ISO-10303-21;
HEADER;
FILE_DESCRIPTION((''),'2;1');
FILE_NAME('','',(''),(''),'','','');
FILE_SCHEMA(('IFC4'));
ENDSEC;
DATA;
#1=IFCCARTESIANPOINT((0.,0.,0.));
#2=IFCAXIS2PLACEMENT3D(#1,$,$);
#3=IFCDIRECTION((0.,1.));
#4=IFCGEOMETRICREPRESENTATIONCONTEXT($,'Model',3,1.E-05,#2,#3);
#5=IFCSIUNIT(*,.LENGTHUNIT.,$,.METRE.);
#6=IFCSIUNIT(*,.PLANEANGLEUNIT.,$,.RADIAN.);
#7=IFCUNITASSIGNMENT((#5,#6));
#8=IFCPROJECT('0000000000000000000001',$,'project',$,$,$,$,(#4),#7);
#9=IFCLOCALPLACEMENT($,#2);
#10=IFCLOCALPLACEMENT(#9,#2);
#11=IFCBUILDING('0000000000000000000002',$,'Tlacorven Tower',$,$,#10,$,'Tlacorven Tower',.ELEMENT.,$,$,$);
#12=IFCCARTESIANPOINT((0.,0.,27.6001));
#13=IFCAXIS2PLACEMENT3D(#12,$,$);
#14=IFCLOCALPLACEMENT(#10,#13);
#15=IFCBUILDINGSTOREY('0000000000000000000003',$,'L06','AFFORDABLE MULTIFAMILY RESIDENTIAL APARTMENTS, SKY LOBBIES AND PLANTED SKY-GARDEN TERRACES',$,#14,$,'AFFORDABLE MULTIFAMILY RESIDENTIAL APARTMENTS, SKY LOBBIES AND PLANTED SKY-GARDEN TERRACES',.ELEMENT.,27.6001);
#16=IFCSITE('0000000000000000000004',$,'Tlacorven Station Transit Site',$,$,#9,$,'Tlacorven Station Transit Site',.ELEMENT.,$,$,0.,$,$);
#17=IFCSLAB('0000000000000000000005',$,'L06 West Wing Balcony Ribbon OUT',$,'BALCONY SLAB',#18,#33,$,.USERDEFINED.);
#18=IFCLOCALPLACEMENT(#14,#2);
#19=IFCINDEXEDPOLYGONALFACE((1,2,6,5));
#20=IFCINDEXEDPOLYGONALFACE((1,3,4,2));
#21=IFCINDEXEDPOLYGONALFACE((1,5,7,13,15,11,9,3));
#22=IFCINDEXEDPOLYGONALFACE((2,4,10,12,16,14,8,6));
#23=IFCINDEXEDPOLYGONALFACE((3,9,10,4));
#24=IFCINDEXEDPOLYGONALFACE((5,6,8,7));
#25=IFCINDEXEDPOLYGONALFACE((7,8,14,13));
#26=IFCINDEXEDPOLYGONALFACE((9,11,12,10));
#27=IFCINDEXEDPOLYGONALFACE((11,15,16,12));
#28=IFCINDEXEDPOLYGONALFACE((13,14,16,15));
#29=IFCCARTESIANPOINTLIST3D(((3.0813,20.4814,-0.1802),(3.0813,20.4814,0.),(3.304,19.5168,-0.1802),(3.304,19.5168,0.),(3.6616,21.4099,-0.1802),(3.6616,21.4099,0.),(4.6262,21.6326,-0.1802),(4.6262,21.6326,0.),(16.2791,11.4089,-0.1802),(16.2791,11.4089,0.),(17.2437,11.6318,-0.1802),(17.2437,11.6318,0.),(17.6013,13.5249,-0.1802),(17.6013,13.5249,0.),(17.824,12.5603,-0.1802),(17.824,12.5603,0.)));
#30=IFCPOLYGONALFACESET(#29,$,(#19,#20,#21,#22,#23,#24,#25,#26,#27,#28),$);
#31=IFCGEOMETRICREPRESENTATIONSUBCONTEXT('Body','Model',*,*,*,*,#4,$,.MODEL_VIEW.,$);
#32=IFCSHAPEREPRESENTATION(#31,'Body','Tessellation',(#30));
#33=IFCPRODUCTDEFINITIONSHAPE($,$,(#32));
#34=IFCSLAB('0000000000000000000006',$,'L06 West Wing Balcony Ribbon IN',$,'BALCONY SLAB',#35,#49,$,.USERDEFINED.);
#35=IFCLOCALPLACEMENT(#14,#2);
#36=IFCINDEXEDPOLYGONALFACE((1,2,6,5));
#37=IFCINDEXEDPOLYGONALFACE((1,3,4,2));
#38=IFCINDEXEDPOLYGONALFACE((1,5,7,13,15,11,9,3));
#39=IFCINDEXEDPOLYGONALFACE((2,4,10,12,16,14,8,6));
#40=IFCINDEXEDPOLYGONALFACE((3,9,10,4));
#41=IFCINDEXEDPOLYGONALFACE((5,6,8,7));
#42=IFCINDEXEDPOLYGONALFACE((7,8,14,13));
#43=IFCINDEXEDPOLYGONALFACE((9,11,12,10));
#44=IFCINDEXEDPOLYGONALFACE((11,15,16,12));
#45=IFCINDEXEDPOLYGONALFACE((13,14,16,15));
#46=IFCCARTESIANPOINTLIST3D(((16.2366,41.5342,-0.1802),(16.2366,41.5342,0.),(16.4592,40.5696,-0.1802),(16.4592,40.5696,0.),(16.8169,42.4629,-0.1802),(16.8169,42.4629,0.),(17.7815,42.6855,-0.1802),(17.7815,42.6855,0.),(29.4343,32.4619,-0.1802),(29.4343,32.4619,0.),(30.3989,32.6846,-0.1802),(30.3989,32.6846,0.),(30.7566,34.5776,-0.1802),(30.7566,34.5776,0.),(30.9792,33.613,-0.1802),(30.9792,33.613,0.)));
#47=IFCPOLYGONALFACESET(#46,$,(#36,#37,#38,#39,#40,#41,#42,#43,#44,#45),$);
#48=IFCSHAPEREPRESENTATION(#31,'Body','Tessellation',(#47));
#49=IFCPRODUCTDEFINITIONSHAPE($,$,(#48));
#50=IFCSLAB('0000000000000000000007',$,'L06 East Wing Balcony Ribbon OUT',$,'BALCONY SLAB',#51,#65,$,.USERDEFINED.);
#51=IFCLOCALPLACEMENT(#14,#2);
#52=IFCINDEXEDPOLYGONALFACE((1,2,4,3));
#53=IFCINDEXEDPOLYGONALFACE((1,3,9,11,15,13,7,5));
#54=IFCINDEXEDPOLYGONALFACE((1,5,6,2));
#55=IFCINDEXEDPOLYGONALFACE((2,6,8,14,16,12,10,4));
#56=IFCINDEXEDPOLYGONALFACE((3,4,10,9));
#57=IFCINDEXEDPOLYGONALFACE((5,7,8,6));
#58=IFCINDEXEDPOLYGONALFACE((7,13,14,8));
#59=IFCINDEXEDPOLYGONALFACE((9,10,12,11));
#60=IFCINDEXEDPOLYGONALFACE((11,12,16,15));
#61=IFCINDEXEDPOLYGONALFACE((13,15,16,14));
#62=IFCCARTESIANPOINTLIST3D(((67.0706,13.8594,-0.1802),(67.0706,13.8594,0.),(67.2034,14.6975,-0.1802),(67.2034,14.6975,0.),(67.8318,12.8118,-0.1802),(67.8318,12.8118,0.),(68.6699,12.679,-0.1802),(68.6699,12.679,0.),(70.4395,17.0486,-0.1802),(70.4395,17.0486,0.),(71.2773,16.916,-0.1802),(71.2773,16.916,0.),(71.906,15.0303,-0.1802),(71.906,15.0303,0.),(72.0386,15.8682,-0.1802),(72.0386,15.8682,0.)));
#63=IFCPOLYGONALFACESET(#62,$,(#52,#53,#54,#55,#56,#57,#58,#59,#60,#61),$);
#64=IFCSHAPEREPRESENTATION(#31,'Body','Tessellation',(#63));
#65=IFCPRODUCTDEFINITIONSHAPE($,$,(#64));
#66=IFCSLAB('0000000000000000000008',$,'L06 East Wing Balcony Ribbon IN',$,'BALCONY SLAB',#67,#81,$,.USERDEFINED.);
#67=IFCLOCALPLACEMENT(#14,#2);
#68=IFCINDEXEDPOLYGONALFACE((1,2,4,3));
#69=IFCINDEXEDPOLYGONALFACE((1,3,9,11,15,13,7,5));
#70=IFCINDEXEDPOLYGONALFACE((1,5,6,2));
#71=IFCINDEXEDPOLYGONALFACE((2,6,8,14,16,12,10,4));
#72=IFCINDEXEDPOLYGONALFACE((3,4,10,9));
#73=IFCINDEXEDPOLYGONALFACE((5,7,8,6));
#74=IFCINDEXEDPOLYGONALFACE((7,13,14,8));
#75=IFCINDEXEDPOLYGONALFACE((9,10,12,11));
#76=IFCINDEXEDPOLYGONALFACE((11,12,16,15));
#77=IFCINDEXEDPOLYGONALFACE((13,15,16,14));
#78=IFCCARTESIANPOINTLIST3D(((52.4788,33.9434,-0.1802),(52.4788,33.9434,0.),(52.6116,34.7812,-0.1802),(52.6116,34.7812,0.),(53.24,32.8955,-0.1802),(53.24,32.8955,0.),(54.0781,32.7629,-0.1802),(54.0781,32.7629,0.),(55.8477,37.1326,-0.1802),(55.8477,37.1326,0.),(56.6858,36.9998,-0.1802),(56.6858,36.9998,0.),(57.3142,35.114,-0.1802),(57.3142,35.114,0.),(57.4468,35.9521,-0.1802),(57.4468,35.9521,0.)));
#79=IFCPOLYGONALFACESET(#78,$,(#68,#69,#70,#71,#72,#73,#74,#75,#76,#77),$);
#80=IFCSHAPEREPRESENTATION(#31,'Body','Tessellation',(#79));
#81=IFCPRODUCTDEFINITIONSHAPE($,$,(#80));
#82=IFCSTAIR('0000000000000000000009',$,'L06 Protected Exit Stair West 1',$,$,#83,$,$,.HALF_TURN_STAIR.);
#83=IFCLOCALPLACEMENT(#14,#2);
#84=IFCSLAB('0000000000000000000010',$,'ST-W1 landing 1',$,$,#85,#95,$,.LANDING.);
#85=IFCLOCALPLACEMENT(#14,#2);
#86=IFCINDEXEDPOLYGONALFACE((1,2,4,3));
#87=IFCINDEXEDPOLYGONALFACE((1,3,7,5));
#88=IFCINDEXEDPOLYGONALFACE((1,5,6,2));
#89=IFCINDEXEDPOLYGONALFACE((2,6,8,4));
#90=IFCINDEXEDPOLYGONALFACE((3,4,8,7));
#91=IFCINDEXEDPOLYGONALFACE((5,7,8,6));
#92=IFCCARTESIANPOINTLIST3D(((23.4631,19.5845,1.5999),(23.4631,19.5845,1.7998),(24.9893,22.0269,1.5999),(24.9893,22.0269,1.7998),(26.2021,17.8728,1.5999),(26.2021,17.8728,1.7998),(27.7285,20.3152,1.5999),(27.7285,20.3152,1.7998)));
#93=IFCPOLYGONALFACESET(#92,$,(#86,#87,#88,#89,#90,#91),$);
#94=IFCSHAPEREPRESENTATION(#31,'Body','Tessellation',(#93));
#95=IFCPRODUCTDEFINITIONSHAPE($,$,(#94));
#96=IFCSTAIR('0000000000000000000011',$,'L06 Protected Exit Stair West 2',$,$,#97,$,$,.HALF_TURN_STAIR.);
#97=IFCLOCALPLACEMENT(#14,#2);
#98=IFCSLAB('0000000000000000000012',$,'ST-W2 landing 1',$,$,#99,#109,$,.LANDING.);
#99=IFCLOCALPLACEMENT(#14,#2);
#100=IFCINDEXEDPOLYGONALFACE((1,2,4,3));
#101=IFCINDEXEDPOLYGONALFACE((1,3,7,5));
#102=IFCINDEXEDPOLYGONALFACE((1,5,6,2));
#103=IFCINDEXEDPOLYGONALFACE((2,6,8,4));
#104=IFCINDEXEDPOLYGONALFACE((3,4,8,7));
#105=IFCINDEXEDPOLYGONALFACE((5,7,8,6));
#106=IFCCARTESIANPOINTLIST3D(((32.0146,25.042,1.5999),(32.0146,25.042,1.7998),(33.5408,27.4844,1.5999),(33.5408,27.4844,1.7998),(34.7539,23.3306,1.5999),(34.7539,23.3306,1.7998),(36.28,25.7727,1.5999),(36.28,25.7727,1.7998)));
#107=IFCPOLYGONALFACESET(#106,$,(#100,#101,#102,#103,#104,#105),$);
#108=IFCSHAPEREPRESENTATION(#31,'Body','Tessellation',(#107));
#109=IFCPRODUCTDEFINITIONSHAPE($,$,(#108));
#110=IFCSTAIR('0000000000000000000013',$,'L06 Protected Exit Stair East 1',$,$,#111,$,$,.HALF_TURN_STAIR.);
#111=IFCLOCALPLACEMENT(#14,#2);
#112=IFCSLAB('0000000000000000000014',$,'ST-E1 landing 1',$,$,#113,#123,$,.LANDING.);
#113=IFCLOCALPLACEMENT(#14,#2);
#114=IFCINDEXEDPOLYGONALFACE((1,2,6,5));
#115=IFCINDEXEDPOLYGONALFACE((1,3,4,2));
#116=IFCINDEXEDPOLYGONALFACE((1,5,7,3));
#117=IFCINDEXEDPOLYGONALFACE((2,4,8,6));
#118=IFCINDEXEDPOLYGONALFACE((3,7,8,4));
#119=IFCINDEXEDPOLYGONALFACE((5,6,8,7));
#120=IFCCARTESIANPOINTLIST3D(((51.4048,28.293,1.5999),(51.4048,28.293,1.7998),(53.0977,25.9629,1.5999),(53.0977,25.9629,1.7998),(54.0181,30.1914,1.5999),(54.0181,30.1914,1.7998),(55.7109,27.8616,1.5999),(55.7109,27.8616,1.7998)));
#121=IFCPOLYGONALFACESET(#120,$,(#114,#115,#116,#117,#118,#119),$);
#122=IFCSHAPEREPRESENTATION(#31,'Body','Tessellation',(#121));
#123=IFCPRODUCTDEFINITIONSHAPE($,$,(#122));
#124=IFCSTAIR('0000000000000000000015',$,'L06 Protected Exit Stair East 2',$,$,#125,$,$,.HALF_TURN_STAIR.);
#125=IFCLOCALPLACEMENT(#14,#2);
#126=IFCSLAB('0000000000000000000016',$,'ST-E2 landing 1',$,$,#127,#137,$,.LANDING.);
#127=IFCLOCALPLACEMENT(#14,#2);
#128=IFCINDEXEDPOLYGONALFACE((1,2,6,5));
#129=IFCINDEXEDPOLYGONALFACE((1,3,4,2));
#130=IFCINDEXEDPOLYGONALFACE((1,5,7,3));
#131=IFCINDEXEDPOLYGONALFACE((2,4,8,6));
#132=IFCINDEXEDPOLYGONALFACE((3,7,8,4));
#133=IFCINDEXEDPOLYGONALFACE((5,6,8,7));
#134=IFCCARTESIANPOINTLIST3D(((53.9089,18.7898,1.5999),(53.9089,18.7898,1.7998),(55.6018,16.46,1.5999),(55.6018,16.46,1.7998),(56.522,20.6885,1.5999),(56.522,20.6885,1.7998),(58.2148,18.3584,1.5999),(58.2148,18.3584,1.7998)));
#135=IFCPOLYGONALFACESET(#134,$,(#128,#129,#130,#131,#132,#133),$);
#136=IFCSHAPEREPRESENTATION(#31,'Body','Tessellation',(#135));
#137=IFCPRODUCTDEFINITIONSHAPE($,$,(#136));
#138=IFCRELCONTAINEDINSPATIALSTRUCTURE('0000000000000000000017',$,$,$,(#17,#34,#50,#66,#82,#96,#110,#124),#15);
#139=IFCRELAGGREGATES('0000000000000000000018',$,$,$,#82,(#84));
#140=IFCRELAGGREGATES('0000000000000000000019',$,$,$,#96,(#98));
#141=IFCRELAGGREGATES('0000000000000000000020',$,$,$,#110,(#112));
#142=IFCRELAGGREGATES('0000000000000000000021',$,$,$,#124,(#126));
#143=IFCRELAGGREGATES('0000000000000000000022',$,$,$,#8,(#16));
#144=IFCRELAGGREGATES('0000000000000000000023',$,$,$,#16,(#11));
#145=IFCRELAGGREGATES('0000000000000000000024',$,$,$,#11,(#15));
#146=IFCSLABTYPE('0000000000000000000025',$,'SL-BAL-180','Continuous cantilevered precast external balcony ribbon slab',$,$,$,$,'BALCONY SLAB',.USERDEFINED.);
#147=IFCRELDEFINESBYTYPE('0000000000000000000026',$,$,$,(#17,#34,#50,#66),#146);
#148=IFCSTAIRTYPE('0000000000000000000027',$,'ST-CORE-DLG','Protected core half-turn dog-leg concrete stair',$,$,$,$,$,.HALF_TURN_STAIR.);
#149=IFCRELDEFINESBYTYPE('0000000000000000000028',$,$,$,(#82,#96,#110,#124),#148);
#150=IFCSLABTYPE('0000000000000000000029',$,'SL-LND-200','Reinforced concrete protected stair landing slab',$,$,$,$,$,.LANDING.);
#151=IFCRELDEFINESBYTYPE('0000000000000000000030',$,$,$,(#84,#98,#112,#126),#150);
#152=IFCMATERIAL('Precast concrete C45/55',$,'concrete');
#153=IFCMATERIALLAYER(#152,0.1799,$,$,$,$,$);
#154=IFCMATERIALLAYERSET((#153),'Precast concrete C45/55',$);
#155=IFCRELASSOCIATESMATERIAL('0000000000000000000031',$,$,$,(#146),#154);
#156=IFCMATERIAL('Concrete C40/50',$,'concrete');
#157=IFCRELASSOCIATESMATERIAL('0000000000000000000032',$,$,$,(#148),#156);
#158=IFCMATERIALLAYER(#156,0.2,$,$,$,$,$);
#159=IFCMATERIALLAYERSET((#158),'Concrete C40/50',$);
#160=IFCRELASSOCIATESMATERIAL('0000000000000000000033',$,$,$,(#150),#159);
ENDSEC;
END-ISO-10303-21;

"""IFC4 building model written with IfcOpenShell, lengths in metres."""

from ifc_helpers import new_model, si_unit, direction, frame, origin, place, context, subcontext, project, spatial, polyline, outline, extrude, material, layer, layer_set, type_object, element, aggregate, save


model = new_model("IFC4")

# Units and contexts
model_context = context("Model", 3, precision=1e-05, world=origin(), true_north=direction((0.0, 1.0)))
body_context = subcontext(model_context, "Body", "Model", "MODEL_VIEW")
ifc_project = project(units=[si_unit("LENGTHUNIT", "METRE"), si_unit("PLANEANGLEUNIT", "RADIAN")], contexts=[model_context])

# Site, building, storey
site_placement = place(None, origin())
site = spatial("IfcSite", under=ifc_project, at=site_placement, Name="Tlacorven Station Transit Site", LongName="Tlacorven Station Transit Site", CompositionType="ELEMENT", RefElevation=0.0)
building_placement = place(site_placement, origin())
building = spatial("IfcBuilding", under=site, at=building_placement, Name="Tlacorven Tower", LongName="Tlacorven Tower", CompositionType="ELEMENT")
storey_placement = place(building_placement, frame((0.0, 0.0, 27.6001)))
storey = spatial("IfcBuildingStorey", under=building, at=storey_placement, Name="L06", Description="AFFORDABLE MULTIFAMILY RESIDENTIAL APARTMENTS, SKY LOBBIES AND PLANTED SKY-GARDEN TERRACES", LongName="AFFORDABLE MULTIFAMILY RESIDENTIAL APARTMENTS, SKY LOBBIES AND PLANTED SKY-GARDEN TERRACES", CompositionType="ELEMENT", Elevation=27.6001)

# Slabs
ifc_material_1 = material(Name="Precast concrete C45/55", Category="concrete")
ifc_layer_1 = layer(ifc_material_1, 0.1799)
ifc_layer_set_1 = layer_set([ifc_layer_1], Name="Precast concrete C45/55")
slab_type_1 = type_object("IfcSlabType", Name="SL-BAL-180", Description="Continuous cantilevered precast external balcony ribbon slab", ElementType="BALCONY SLAB", PredefinedType="USERDEFINED", material=ifc_layer_set_1)
slab_1_placement = place(storey_placement, frame((0.0, 0.0, -0.1802)))
element("IfcSlab", 1, at=slab_1_placement, inside=storey, type_object=slab_type_1, Name="L06 West Wing Balcony Ribbon OUT", ObjectType="BALCONY SLAB", PredefinedType="USERDEFINED", context=body_context, shape_type="SweptSolid", body=[
    extrude(outline(polyline([(17.6013, 13.5249), (4.6262, 21.6326), (3.6616, 21.4099), (3.0813, 20.4814), (3.304, 19.5168), (16.2791, 11.4089), (17.2437, 11.6318), (17.824, 12.5603), (17.6013, 13.5249)])), origin(), (0.0, 0.0, 1.0), 0.1802),
])
slab_2_placement = place(storey_placement, frame((0.0, 0.0, -0.1802)))
element("IfcSlab", 2, at=slab_2_placement, inside=storey, type_object=slab_type_1, Name="L06 West Wing Balcony Ribbon IN", ObjectType="BALCONY SLAB", PredefinedType="USERDEFINED", context=body_context, shape_type="SweptSolid", body=[
    extrude(outline(polyline([(30.7566, 34.5776), (17.7815, 42.6855), (16.8169, 42.4629), (16.2366, 41.5342), (16.4592, 40.5696), (29.4343, 32.4619), (30.3989, 32.6846), (30.9792, 33.613), (30.7566, 34.5776)])), origin(), (0.0, 0.0, 1.0), 0.1802),
])
slab_3_placement = place(storey_placement, frame((0.0, 0.0, -0.1802)))
element("IfcSlab", 3, at=slab_3_placement, inside=storey, type_object=slab_type_1, Name="L06 East Wing Balcony Ribbon OUT", ObjectType="BALCONY SLAB", PredefinedType="USERDEFINED", context=body_context, shape_type="SweptSolid", body=[
    extrude(outline(polyline([(68.6699, 12.679), (71.906, 15.0303), (72.0386, 15.8682), (71.2773, 16.916), (70.4395, 17.0486), (67.2034, 14.6975), (67.0706, 13.8594), (67.8318, 12.8118), (68.6699, 12.679)])), origin(), (0.0, 0.0, 1.0), 0.1802),
])
slab_4_placement = place(storey_placement, frame((0.0, 0.0, -0.1802)))
element("IfcSlab", 4, at=slab_4_placement, inside=storey, type_object=slab_type_1, Name="L06 East Wing Balcony Ribbon IN", ObjectType="BALCONY SLAB", PredefinedType="USERDEFINED", context=body_context, shape_type="SweptSolid", body=[
    extrude(outline(polyline([(54.0781, 32.7629), (57.3142, 35.114), (57.4468, 35.9521), (56.6858, 36.9998), (55.8477, 37.1326), (52.6116, 34.7812), (52.4788, 33.9434), (53.24, 32.8955), (54.0781, 32.7629)])), origin(), (0.0, 0.0, 1.0), 0.1802),
])

# Stairs, slabs
ifc_material_2 = material(Name="Concrete C40/50", Category="concrete")
stair_type = type_object("IfcStairType", Name="ST-CORE-DLG", Description="Protected core half-turn dog-leg concrete stair", PredefinedType="HALF_TURN_STAIR", material=ifc_material_2)
stair_1_placement = place(storey_placement, origin())
stair_1 = element("IfcStair", 5, at=stair_1_placement, inside=storey, type_object=stair_type, Name="L06 Protected Exit Stair West 1", PredefinedType="HALF_TURN_STAIR")
ifc_layer_2 = layer(ifc_material_2, 0.2)
ifc_layer_set_2 = layer_set([ifc_layer_2], Name="Concrete C40/50")
slab_type_2 = type_object("IfcSlabType", Name="SL-LND-200", Description="Reinforced concrete protected stair landing slab", PredefinedType="LANDING", material=ifc_layer_set_2)
slab_5_placement = place(storey_placement, frame((0.0, 0.0, 1.5999)))
slab_5 = element("IfcSlab", 6, at=slab_5_placement, type_object=slab_type_2, Name="ST-W1 landing 1", PredefinedType="LANDING", context=body_context, shape_type="SweptSolid", body=[
    extrude(outline(polyline([(27.7285, 20.3152), (24.9893, 22.0269), (23.4631, 19.5845), (26.2021, 17.8728), (27.7285, 20.3152)])), origin(), (0.0, 0.0, 1.0), 0.2),
])
aggregate(stair_1, [slab_5])
stair_2_placement = place(storey_placement, origin())
stair_2 = element("IfcStair", 7, at=stair_2_placement, inside=storey, type_object=stair_type, Name="L06 Protected Exit Stair West 2", PredefinedType="HALF_TURN_STAIR")
slab_6_placement = place(storey_placement, frame((0.0, 0.0, 1.5999)))
slab_6 = element("IfcSlab", 8, at=slab_6_placement, type_object=slab_type_2, Name="ST-W2 landing 1", PredefinedType="LANDING", context=body_context, shape_type="SweptSolid", body=[
    extrude(outline(polyline([(36.28, 25.7727), (33.5408, 27.4844), (32.0146, 25.042), (34.7539, 23.3306), (36.28, 25.7727)])), origin(), (0.0, 0.0, 1.0), 0.2),
])
aggregate(stair_2, [slab_6])
stair_3_placement = place(storey_placement, origin())
stair_3 = element("IfcStair", 9, at=stair_3_placement, inside=storey, type_object=stair_type, Name="L06 Protected Exit Stair East 1", PredefinedType="HALF_TURN_STAIR")
slab_7_placement = place(storey_placement, frame((0.0, 0.0, 1.5999)))
slab_7 = element("IfcSlab", 10, at=slab_7_placement, type_object=slab_type_2, Name="ST-E1 landing 1", PredefinedType="LANDING", context=body_context, shape_type="SweptSolid", body=[
    extrude(outline(polyline([(53.0977, 25.9629), (55.7109, 27.8616), (54.0181, 30.1914), (51.4048, 28.293), (53.0977, 25.9629)])), origin(), (0.0, 0.0, 1.0), 0.2),
])
aggregate(stair_3, [slab_7])
stair_4_placement = place(storey_placement, origin())
stair_4 = element("IfcStair", 11, at=stair_4_placement, inside=storey, type_object=stair_type, Name="L06 Protected Exit Stair East 2", PredefinedType="HALF_TURN_STAIR")
slab_8_placement = place(storey_placement, frame((0.0, 0.0, 1.5999)))
slab_8 = element("IfcSlab", 12, at=slab_8_placement, type_object=slab_type_2, Name="ST-E2 landing 1", PredefinedType="LANDING", context=body_context, shape_type="SweptSolid", body=[
    extrude(outline(polyline([(55.6018, 16.46), (58.2148, 18.3584), (56.522, 20.6885), (53.9089, 18.7898), (55.6018, 16.46)])), origin(), (0.0, 0.0, 1.0), 0.2),
])
aggregate(stair_4, [slab_8])

save(model, "model.ifc")
